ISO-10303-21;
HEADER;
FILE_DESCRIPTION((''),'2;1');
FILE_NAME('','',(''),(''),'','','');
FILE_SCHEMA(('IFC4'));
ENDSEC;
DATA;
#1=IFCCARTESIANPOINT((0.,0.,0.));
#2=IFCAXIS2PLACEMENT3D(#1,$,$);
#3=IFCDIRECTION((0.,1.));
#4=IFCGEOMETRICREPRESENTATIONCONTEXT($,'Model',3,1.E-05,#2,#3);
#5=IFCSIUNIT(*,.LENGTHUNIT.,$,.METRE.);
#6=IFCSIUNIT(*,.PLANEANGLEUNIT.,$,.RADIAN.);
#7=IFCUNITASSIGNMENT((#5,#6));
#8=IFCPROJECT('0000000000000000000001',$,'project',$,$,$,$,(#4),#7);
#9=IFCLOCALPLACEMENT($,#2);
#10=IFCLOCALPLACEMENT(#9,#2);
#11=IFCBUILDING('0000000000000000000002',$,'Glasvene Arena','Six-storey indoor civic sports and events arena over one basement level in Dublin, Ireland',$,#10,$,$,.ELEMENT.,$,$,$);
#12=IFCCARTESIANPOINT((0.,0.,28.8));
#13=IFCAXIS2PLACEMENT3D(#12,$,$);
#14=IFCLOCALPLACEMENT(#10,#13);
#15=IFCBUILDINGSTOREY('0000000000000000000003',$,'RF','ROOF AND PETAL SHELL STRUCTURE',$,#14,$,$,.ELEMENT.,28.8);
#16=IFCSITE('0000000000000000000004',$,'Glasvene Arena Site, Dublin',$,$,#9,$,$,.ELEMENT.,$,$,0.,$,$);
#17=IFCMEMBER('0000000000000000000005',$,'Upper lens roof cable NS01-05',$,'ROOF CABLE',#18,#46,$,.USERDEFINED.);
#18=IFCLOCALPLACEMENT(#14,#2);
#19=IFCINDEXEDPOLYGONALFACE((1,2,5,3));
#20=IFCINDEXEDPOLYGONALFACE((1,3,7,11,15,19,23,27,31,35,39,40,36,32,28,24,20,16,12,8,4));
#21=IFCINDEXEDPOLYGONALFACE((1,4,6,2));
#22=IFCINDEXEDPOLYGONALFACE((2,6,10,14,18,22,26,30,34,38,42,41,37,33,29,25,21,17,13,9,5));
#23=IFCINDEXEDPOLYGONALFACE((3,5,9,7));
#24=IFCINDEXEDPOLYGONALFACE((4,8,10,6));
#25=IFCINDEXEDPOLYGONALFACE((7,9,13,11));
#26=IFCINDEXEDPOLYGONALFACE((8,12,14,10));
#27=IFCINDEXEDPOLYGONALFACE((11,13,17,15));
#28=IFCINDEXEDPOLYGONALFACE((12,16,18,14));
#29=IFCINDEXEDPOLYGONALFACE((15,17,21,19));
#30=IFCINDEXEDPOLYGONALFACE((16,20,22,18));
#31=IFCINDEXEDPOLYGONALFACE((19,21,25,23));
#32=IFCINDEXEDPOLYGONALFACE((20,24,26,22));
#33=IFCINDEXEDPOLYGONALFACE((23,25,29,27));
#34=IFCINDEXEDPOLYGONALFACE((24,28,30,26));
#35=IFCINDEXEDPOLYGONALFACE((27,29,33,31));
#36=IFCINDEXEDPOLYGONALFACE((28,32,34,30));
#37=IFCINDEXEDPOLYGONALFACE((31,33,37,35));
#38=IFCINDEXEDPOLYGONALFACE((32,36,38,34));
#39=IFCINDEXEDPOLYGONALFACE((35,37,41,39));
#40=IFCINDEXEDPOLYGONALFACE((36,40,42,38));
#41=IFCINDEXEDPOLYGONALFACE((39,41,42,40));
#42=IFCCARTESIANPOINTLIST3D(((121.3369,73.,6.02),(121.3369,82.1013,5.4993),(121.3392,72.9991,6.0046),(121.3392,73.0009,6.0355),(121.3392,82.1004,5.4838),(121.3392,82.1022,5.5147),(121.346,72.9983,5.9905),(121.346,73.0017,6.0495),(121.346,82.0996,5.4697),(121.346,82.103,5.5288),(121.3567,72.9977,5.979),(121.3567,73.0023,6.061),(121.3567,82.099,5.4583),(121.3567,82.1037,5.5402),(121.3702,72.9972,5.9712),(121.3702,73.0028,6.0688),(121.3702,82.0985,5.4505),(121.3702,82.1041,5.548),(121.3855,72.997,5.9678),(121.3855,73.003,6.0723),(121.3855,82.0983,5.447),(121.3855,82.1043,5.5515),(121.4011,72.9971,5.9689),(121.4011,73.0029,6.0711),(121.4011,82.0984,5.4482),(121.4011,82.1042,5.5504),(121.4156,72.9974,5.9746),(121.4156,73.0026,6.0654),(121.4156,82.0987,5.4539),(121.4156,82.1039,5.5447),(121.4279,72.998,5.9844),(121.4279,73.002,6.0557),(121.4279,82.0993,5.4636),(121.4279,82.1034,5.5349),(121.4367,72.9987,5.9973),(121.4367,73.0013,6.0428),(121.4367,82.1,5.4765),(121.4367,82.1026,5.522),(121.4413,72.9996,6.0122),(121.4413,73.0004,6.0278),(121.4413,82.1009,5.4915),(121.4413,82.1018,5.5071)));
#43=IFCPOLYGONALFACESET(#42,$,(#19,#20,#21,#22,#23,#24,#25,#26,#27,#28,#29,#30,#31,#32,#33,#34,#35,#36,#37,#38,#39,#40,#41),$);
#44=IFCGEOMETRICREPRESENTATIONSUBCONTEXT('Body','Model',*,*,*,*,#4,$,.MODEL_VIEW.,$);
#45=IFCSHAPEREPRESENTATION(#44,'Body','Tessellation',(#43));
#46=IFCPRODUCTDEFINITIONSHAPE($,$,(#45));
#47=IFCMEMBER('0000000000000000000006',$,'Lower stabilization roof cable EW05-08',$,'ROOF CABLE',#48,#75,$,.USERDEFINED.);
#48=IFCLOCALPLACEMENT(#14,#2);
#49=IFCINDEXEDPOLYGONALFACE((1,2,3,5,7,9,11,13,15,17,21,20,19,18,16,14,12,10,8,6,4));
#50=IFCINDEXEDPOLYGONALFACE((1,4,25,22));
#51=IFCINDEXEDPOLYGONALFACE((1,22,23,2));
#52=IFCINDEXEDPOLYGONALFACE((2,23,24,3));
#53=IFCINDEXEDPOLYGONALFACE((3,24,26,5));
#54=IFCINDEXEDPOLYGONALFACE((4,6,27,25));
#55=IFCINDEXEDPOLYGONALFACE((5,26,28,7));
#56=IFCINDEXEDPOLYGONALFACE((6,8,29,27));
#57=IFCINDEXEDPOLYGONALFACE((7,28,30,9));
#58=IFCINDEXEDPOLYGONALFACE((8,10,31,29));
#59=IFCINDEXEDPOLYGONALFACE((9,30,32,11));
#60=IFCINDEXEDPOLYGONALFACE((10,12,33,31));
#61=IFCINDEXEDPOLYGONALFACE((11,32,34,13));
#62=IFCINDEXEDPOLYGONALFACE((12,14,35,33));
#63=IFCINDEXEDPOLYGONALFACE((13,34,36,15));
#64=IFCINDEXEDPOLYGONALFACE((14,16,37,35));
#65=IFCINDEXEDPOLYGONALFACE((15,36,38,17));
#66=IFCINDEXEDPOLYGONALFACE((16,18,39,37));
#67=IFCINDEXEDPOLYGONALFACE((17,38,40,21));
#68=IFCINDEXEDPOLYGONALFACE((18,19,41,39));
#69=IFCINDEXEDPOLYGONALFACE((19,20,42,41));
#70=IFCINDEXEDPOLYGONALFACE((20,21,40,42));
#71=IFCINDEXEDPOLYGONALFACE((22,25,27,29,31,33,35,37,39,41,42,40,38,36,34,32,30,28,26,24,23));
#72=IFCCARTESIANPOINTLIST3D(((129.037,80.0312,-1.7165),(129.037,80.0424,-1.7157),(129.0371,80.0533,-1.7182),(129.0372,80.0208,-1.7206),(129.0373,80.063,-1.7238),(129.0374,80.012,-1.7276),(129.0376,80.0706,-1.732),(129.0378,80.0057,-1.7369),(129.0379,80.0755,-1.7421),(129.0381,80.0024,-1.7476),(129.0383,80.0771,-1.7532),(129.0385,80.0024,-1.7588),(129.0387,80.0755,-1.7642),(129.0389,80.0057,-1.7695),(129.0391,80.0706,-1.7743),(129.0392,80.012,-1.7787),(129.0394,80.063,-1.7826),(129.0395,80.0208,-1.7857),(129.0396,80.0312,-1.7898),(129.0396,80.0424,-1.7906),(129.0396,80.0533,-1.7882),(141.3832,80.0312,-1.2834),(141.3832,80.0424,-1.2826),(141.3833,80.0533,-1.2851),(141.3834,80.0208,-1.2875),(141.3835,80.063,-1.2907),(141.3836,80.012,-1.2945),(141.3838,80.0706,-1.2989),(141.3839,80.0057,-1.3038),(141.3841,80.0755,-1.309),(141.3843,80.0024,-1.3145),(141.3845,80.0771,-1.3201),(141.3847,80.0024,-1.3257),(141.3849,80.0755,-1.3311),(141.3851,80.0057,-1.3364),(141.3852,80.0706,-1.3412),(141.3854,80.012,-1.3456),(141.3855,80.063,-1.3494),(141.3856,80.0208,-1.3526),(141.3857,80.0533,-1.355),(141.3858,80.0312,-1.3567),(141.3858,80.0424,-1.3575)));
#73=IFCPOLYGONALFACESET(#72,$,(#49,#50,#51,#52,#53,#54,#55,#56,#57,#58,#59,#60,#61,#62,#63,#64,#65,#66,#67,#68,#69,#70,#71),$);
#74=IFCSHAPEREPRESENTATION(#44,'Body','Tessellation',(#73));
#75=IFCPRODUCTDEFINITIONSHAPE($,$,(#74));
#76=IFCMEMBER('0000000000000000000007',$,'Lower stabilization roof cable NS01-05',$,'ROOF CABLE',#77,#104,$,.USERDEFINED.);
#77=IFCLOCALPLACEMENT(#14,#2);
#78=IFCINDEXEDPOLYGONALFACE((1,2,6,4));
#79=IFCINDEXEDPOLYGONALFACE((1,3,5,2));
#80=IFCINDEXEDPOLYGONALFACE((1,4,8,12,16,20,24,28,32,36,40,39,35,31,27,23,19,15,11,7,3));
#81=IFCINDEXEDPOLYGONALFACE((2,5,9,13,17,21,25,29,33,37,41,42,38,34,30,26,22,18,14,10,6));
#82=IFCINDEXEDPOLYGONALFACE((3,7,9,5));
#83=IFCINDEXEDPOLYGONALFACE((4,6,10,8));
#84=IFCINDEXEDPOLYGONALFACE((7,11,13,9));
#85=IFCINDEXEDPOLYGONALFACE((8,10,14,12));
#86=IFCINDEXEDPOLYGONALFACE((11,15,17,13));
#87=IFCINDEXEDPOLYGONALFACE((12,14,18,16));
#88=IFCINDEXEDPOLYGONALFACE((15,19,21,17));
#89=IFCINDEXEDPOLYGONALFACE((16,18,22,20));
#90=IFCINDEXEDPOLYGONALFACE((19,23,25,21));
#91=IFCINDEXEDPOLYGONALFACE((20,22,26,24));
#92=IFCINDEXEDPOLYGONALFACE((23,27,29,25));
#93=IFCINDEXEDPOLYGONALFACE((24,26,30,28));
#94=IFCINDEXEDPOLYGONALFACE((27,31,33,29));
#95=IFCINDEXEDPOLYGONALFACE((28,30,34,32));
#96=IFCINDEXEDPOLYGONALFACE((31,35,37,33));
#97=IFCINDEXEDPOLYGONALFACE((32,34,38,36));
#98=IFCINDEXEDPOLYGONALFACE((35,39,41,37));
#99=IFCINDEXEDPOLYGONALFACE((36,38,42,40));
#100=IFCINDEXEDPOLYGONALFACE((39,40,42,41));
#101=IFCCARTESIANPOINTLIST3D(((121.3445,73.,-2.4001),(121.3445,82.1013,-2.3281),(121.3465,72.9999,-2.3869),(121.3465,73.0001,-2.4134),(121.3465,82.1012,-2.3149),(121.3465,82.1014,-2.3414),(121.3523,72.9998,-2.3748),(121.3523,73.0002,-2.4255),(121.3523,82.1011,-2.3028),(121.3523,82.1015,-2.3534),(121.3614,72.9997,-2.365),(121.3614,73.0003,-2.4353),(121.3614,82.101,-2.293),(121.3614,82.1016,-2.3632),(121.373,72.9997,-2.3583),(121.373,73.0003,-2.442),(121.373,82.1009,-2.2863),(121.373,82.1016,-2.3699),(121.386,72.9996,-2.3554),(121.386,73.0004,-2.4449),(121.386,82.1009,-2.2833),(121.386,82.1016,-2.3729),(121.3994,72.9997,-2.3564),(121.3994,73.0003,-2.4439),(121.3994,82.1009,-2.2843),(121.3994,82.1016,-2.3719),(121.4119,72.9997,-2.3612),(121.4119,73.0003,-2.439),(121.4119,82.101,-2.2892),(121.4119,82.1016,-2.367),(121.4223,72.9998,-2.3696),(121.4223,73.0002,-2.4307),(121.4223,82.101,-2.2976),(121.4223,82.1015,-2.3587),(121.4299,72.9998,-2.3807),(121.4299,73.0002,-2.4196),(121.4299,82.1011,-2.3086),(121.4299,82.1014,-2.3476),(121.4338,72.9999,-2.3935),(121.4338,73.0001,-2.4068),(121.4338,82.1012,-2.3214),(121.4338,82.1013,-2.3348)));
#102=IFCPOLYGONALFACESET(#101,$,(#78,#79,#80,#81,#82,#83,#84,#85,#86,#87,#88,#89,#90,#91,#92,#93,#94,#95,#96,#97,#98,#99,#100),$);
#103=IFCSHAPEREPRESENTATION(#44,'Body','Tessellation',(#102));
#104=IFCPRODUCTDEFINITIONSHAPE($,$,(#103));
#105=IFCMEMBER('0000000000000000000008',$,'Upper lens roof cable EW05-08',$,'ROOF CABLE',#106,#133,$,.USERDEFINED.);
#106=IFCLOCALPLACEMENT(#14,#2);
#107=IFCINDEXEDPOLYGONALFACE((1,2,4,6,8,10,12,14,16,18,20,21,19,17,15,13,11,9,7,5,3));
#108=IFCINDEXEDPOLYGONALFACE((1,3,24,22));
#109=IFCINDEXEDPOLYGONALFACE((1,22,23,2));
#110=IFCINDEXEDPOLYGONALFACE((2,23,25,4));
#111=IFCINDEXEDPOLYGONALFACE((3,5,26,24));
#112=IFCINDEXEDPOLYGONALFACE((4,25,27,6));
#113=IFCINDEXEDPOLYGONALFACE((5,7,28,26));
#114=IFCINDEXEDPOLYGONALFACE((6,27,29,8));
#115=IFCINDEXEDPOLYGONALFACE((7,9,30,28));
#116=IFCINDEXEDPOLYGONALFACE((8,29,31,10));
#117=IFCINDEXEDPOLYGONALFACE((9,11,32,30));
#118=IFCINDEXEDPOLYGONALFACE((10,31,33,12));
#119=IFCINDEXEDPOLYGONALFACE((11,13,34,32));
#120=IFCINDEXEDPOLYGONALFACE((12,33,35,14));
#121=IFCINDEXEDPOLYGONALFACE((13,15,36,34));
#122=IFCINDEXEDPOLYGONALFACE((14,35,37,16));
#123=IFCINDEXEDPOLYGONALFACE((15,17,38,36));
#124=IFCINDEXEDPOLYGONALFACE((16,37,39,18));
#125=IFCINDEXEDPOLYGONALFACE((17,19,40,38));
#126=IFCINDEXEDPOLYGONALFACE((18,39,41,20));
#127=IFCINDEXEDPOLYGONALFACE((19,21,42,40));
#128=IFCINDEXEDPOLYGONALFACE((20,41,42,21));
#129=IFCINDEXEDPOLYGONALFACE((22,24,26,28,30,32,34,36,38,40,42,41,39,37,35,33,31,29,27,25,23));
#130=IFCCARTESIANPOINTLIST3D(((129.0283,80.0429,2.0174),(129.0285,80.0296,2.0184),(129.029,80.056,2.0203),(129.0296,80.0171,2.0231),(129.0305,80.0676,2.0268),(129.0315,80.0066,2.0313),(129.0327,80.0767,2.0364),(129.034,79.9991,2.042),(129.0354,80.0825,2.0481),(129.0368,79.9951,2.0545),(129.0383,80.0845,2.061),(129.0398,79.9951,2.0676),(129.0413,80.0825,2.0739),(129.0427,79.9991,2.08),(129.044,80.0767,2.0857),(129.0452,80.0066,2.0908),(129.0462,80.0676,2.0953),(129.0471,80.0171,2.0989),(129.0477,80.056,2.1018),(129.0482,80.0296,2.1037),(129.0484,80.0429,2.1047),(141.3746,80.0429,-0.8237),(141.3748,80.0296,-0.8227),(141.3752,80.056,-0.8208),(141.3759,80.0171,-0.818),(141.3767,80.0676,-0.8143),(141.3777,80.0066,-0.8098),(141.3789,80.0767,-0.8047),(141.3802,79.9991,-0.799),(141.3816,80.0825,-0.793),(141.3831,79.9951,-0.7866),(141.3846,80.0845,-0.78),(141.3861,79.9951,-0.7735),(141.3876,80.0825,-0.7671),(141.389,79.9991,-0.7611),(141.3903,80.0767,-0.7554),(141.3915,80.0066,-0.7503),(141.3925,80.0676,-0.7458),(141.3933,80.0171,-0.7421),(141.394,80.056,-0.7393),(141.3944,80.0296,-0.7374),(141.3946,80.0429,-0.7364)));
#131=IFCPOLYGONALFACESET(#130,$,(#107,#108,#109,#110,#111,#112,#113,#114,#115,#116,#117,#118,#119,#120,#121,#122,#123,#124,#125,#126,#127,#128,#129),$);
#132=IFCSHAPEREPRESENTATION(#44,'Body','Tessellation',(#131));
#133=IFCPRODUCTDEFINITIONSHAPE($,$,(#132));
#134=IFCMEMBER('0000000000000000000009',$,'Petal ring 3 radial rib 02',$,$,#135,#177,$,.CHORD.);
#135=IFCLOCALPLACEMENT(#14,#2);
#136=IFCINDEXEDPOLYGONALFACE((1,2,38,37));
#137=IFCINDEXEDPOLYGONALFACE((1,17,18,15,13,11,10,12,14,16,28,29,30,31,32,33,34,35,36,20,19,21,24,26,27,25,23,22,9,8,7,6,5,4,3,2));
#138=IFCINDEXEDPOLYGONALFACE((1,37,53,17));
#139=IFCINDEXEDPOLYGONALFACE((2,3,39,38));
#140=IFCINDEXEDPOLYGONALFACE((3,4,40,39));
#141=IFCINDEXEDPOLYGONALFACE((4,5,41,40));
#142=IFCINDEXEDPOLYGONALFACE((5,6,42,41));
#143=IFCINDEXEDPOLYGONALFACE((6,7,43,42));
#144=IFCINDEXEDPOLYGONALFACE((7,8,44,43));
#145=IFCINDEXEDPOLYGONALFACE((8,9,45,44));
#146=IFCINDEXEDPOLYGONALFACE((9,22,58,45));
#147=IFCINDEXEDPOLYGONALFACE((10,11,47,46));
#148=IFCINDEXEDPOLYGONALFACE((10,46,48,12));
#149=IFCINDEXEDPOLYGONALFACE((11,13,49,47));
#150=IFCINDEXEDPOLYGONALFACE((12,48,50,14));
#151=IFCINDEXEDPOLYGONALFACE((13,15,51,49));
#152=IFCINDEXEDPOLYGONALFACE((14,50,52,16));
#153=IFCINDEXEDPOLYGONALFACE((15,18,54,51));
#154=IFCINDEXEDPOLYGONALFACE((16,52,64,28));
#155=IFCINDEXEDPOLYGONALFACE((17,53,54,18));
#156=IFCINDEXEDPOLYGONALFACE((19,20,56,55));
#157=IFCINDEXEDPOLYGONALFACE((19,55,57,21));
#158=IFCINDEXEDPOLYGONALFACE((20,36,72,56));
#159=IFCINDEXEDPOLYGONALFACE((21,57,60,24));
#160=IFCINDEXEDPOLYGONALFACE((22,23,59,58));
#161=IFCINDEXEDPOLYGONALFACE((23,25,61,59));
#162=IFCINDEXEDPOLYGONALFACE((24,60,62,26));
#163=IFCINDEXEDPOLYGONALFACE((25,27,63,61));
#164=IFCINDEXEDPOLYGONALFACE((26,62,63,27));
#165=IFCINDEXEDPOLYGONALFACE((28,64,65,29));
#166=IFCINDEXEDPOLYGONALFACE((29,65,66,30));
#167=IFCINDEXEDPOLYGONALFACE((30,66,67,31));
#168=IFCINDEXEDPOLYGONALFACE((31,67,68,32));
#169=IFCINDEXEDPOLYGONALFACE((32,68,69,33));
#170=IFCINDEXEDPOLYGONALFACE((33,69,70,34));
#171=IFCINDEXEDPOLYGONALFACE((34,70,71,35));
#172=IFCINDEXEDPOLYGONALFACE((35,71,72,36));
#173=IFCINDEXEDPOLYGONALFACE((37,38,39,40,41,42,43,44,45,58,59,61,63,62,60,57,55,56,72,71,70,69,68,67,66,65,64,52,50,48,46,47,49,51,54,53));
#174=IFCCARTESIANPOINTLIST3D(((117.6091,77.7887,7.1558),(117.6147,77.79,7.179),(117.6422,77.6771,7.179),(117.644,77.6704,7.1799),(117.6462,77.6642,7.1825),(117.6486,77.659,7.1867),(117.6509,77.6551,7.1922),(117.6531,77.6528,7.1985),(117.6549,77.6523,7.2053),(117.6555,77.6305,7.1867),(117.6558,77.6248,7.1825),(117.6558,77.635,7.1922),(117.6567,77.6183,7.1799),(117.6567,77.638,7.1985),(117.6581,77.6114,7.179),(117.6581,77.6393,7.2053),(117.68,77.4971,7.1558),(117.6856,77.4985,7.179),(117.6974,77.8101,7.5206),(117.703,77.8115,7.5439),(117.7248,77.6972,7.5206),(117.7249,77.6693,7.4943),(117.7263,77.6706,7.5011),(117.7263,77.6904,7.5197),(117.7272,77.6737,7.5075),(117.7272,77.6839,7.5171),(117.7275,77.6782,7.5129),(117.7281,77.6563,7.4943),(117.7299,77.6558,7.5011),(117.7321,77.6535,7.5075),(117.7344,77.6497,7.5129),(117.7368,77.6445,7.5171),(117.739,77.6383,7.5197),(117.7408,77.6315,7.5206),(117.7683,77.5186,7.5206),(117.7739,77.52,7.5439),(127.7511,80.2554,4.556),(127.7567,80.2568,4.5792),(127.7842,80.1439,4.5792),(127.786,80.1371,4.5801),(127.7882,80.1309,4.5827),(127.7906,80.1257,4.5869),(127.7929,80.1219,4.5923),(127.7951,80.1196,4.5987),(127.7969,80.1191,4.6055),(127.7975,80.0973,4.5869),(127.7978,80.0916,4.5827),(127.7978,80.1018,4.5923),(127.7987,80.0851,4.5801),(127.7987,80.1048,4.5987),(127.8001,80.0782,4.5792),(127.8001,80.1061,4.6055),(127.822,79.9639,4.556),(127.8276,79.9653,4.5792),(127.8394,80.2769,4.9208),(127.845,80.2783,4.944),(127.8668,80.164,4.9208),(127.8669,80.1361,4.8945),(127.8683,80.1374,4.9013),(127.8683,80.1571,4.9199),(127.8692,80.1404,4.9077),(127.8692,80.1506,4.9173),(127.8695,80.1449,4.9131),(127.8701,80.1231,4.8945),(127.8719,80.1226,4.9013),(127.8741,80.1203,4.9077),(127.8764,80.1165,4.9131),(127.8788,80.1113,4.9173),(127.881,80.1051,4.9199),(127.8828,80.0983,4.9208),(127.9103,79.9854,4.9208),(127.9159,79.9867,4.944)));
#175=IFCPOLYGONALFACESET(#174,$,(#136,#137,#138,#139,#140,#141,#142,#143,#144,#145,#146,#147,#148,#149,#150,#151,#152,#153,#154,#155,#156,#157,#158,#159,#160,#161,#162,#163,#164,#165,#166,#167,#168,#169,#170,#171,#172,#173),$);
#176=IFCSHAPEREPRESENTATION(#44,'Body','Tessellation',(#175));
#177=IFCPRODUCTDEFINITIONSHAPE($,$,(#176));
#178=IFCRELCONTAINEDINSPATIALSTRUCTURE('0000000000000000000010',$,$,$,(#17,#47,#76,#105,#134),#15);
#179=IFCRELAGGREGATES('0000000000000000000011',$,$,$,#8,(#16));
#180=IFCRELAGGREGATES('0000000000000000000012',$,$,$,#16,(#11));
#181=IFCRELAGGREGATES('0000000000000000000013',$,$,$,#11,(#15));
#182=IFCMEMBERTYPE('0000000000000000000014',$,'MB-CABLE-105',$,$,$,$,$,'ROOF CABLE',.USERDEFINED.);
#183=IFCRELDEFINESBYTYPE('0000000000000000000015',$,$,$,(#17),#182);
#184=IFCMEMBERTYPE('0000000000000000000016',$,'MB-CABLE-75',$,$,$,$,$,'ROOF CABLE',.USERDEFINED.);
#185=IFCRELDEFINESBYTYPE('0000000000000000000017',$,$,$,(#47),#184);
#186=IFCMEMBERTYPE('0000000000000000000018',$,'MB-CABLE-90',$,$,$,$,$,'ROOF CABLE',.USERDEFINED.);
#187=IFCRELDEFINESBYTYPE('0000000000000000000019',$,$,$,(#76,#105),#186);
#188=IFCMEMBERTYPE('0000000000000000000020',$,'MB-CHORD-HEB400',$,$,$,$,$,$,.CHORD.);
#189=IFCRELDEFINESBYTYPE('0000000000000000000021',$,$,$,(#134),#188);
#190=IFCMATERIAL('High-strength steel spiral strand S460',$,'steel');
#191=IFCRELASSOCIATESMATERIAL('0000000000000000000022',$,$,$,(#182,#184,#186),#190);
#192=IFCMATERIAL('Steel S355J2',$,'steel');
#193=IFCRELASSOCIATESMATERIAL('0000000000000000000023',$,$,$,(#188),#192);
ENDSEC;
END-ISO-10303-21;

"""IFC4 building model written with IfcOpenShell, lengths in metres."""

from ifc_helpers import new_model, si_unit, direction, frame, origin, origin_2d, place, context, subcontext, project, spatial, circle, i_section, extrude, material, material_profile, profile_set, type_object, element, save


model = new_model("IFC4")

# Units and contexts
model_context = context("Model", 3, precision=1e-05, world=origin(), true_north=direction((0.0, 1.0)))
body_context = subcontext(model_context, "Body", "Model", "MODEL_VIEW")
ifc_project = project(units=[si_unit("LENGTHUNIT", "METRE"), si_unit("PLANEANGLEUNIT", "RADIAN")], contexts=[model_context])

# Site, building, storey
site_placement = place(None, origin())
site = spatial("IfcSite", under=ifc_project, at=site_placement, Name="Glasvene Arena Site, Dublin", CompositionType="ELEMENT", RefElevation=0.0)
building_placement = place(site_placement, origin())
building = spatial("IfcBuilding", under=site, at=building_placement, Name="Glasvene Arena", Description="Six-storey indoor civic sports and events arena over one basement level in Dublin, Ireland", CompositionType="ELEMENT")
storey_placement = place(building_placement, frame((0.0, 0.0, 28.8)))
storey = spatial("IfcBuildingStorey", under=building, at=storey_placement, Name="RF", Description="ROOF AND PETAL SHELL STRUCTURE", CompositionType="ELEMENT", Elevation=28.8)

# Members
ifc_material_1 = material(Name="High-strength steel spiral strand S460", Category="steel")
ifc_material_profile_1 = material_profile(ifc_material_1, circle(Radius=0.0525, at=origin_2d()), Name="LCSS D105")
ifc_profile_set_1 = profile_set([ifc_material_profile_1], Name="High-strength steel spiral strand S460")
member_type_1 = type_object("IfcMemberType", Name="MB-CABLE-105", ElementType="ROOF CABLE", PredefinedType="USERDEFINED", material=ifc_profile_set_1)
member_1_placement = place(storey_placement, frame((121.3894, 73.0, 6.02), z_axis=(0.0, 0.998367, -0.057124), x_axis=(-1.0, 0.0, 0.0)))
element("IfcMember", 1, at=member_1_placement, inside=storey, type_object=member_type_1, Name="Upper lens roof cable NS01-05", ObjectType="ROOF CABLE", PredefinedType="USERDEFINED", context=body_context, shape_type="SweptSolid", body=[
    extrude(circle(Radius=0.0525, at=origin_2d()), origin(), (0.0, 0.0, 1.0), 9.1162),
])
ifc_material_profile_2 = material_profile(ifc_material_1, circle(Radius=0.0376, at=origin_2d()), Name="LCSS D75")
ifc_profile_set_2 = profile_set([ifc_material_profile_2], Name="High-strength steel spiral strand S460")
member_type_2 = type_object("IfcMemberType", Name="MB-CABLE-75", ElementType="ROOF CABLE", PredefinedType="USERDEFINED", material=ifc_profile_set_2)
member_2_placement = place(storey_placement, frame((129.0383, 80.0396, -1.7532), z_axis=(0.999385, 0.0, 0.035059), x_axis=(0.0, 1.0, 0.0)))
element("IfcMember", 2, at=member_2_placement, inside=storey, type_object=member_type_2, Name="Lower stabilization roof cable EW05-08", ObjectType="ROOF CABLE", PredefinedType="USERDEFINED", context=body_context, shape_type="SweptSolid", body=[
    extrude(circle(Radius=0.0376, at=origin_2d()), origin(), (0.0, 0.0, 1.0), 12.3538),
])
ifc_material_profile_3 = material_profile(ifc_material_1, circle(Radius=0.0449, at=origin_2d()), Name="LCSS D90")
ifc_profile_set_3 = profile_set([ifc_material_profile_3], Name="High-strength steel spiral strand S460")
member_type_3 = type_object("IfcMemberType", Name="MB-CABLE-90", ElementType="ROOF CABLE", PredefinedType="USERDEFINED", material=ifc_profile_set_3)
member_3_placement = place(storey_placement, frame((121.3894, 73.0, -2.4001), z_axis=(0.0, 0.999969, 0.007913), x_axis=(-1.0, 0.0, 0.0)))
element("IfcMember", 3, at=member_3_placement, inside=storey, type_object=member_type_3, Name="Lower stabilization roof cable NS01-05", ObjectType="ROOF CABLE", PredefinedType="USERDEFINED", context=body_context, shape_type="SweptSolid", body=[
    extrude(circle(Radius=0.0449, at=origin_2d()), origin(), (0.0, 0.0, 1.0), 9.1016),
])
member_4_placement = place(storey_placement, frame((129.0383, 80.0396, 2.061), z_axis=(0.97453, 0.0, -0.224256), x_axis=(0.0, 1.0, 0.0)))
element("IfcMember", 4, at=member_4_placement, inside=storey, type_object=member_type_3, Name="Upper lens roof cable EW05-08", ObjectType="ROOF CABLE", PredefinedType="USERDEFINED", context=body_context, shape_type="SweptSolid", body=[
    extrude(circle(Radius=0.0449, at=origin_2d()), origin(), (0.0, 0.0, 1.0), 12.6689),
])
ifc_material_2 = material(Name="Steel S355J2", Category="steel")
ifc_material_profile_4 = material_profile(ifc_material_2, i_section(OverallWidth=0.3, OverallDepth=0.3999, WebThickness=0.0134, FlangeThickness=0.0239, FilletRadius=0.0271, at=origin_2d()), Name="HEB 400")
ifc_profile_set_4 = profile_set([ifc_material_profile_4], Name="Steel S355J2")
member_type_4 = type_object("IfcMemberType", Name="MB-CHORD-HEB400", PredefinedType="CHORD", material=ifc_profile_set_4)
member_5_placement = place(storey_placement, frame((127.8335, 80.1211, 4.75), z_axis=(-0.942864, -0.229327, 0.241696), x_axis=(0.236334, -0.971672, 0.0)))
element("IfcMember", 5, at=member_5_placement, inside=storey, type_object=member_type_4, Name="Petal ring 3 radial rib 02", PredefinedType="CHORD", context=body_context, shape_type="SweptSolid", body=[
    extrude(i_section(OverallWidth=0.3, OverallDepth=0.3999, WebThickness=0.0134, FlangeThickness=0.0239, FilletRadius=0.0271, at=origin_2d()), origin(), (0.0, 0.0, 1.0), 10.7566),
])

save(model, "model.ifc")
